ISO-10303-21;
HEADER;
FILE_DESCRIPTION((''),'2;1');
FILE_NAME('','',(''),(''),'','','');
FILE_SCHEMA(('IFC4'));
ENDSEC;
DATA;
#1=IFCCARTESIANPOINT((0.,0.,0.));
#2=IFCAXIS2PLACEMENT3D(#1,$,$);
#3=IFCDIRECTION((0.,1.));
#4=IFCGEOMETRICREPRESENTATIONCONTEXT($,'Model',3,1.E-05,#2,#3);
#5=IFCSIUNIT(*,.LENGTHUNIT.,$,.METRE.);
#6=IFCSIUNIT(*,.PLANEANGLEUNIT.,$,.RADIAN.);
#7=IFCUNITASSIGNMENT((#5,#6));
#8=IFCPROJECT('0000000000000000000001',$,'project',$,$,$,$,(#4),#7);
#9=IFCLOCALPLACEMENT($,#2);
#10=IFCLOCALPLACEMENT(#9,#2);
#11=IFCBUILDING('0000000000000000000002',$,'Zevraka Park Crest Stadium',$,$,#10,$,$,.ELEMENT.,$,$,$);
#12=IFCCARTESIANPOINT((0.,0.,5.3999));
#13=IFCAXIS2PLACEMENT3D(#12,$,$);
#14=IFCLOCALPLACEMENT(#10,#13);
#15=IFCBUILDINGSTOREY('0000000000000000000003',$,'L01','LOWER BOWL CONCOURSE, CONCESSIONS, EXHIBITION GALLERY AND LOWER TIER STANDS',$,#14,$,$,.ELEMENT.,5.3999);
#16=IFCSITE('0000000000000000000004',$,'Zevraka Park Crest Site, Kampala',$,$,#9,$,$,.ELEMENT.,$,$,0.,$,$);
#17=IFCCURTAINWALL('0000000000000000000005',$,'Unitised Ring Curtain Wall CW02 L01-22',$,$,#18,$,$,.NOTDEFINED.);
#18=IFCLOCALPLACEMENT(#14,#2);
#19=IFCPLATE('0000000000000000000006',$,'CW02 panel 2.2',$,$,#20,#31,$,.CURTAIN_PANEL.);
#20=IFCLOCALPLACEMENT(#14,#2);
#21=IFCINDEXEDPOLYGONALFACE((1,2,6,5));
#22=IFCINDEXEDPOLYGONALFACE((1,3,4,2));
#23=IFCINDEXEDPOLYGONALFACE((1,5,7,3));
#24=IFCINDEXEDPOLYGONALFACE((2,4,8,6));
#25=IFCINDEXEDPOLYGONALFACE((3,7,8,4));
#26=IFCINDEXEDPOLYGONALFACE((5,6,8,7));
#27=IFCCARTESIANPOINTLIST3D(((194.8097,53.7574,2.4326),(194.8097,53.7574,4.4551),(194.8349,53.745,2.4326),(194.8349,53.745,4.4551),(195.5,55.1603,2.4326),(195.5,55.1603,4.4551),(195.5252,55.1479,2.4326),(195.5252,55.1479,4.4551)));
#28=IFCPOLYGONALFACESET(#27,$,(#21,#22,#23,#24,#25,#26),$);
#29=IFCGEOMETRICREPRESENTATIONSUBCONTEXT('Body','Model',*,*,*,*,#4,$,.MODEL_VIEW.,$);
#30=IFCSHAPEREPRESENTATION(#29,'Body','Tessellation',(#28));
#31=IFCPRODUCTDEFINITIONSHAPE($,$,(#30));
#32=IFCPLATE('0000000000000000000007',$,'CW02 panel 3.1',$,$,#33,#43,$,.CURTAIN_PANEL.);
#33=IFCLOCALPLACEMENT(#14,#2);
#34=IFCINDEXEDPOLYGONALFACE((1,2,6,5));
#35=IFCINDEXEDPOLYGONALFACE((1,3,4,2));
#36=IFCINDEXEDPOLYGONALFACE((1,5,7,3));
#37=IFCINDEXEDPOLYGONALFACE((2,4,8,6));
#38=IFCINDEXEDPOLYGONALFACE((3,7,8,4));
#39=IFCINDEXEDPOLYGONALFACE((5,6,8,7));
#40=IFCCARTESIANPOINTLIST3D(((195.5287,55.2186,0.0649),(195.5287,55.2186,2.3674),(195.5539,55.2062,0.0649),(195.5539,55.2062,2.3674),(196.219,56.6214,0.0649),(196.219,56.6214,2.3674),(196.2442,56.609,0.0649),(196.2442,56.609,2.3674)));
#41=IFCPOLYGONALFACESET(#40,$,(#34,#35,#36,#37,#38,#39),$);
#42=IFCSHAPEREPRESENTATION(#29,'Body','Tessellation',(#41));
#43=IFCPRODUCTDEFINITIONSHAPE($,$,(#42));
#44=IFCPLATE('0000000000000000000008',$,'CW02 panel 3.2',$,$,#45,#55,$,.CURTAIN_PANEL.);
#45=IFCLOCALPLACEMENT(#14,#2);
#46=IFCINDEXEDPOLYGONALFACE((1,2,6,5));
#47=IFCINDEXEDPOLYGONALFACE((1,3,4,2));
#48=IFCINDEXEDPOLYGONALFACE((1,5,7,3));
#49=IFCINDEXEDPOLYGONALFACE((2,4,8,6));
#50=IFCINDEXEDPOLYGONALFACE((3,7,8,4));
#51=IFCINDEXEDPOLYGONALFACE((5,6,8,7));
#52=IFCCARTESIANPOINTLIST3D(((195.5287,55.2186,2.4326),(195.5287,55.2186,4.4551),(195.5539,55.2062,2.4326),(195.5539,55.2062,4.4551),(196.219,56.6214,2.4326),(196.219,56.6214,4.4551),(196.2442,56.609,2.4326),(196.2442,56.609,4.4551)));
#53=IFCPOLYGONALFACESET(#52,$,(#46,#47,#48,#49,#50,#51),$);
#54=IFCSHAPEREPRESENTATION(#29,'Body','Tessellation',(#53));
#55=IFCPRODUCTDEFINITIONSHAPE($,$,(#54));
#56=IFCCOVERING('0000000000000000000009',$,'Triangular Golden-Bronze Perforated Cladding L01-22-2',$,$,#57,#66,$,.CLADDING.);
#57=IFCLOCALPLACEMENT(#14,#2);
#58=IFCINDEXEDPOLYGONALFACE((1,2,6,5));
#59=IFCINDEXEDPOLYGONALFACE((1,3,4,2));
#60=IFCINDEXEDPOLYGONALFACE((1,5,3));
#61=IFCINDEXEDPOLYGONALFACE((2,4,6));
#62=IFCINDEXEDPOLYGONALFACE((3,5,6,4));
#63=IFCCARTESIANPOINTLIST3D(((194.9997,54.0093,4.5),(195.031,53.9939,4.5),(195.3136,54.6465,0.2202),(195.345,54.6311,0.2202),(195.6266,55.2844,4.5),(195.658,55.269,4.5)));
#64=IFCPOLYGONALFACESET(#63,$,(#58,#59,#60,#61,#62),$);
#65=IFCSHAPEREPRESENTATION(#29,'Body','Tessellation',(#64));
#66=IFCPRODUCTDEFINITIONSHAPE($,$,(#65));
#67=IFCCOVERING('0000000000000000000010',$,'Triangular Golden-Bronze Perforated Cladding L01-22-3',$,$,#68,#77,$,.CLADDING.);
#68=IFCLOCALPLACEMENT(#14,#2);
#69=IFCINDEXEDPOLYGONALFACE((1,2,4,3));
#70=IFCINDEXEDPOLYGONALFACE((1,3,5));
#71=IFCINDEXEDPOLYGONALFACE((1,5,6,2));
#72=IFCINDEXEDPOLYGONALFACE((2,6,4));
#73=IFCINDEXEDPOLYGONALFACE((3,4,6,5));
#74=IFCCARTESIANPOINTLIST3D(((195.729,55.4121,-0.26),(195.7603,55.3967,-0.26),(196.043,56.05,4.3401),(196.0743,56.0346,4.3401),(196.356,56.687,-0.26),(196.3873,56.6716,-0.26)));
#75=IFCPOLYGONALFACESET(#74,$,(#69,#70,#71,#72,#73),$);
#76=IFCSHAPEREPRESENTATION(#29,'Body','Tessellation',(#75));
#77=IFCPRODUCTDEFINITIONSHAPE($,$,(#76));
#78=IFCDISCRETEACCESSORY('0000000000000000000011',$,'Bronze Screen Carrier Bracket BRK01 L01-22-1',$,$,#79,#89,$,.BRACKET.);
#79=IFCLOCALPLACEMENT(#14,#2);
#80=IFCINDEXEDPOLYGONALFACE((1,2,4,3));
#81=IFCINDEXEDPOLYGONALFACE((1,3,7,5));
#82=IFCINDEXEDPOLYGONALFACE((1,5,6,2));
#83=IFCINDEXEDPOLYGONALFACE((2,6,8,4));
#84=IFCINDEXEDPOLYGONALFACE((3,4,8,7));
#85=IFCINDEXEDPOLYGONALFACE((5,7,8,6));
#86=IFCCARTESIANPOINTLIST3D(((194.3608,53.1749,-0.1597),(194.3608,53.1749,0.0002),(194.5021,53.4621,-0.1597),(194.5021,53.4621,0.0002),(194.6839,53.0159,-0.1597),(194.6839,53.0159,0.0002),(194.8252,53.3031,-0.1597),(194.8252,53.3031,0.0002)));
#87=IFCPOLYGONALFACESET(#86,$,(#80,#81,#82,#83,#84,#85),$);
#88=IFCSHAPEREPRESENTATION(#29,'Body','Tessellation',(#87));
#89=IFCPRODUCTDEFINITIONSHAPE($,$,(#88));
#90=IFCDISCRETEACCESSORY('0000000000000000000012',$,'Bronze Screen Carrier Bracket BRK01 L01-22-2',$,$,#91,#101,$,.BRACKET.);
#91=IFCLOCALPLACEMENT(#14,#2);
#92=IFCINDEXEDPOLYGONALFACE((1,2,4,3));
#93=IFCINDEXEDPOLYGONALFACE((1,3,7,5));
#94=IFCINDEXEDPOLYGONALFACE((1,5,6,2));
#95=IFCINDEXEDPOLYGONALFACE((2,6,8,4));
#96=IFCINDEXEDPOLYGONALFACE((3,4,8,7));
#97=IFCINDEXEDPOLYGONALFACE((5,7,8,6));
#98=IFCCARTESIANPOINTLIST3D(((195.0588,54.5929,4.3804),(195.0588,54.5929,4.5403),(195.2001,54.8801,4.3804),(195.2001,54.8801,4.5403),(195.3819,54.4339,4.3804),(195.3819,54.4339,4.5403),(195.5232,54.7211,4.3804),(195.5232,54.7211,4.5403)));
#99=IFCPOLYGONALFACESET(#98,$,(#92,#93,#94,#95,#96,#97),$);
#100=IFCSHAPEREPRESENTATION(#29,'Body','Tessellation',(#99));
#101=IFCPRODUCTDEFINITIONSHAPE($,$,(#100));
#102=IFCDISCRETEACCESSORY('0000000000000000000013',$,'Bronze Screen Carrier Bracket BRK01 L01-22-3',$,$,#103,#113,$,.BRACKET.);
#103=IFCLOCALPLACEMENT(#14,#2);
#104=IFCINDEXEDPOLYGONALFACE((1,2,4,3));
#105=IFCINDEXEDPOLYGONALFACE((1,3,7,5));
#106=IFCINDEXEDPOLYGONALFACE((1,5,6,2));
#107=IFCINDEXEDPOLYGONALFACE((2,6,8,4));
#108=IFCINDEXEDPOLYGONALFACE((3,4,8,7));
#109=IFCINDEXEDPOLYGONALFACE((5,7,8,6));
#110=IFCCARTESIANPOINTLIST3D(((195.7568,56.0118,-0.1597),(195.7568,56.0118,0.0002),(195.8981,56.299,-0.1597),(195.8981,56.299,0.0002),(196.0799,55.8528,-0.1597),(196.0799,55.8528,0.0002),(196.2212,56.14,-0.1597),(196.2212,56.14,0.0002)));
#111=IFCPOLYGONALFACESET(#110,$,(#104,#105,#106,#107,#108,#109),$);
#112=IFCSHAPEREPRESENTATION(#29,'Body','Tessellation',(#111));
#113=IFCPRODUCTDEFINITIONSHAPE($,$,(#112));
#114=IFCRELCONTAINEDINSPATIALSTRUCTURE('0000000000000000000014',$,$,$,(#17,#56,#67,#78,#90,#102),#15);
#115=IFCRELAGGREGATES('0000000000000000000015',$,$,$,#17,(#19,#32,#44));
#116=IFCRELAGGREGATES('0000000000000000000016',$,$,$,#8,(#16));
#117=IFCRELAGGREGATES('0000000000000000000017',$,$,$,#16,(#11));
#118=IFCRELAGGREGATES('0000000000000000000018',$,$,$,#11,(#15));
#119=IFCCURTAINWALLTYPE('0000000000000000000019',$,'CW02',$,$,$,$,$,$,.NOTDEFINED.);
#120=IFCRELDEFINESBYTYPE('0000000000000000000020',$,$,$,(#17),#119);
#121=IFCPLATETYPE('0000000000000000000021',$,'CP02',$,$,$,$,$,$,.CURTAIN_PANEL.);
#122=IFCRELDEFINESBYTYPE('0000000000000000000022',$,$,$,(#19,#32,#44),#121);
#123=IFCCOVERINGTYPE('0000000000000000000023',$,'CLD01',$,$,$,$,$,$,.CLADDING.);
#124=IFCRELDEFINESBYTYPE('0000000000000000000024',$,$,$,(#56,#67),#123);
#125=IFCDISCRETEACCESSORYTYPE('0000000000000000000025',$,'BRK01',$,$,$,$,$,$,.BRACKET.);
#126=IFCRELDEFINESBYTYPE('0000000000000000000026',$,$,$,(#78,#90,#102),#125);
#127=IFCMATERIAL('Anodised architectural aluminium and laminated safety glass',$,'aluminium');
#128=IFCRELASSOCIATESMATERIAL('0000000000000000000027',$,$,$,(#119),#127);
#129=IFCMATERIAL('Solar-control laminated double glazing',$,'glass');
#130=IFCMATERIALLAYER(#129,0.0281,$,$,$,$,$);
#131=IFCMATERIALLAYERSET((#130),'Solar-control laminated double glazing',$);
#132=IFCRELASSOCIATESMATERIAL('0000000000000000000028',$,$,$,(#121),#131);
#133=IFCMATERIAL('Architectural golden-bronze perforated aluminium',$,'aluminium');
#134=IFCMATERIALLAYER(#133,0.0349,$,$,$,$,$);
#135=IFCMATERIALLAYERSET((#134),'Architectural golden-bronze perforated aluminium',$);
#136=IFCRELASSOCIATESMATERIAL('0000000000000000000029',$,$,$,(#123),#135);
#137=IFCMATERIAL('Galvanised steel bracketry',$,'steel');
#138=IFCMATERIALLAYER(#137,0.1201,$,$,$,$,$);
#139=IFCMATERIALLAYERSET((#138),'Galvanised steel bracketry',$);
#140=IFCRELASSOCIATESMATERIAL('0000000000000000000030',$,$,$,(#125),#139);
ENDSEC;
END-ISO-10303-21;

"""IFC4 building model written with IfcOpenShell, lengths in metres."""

from ifc_helpers import new_model, si_unit, direction, frame, origin, origin_2d, place, context, subcontext, project, spatial, polyline, rectangle, outline, extrude, material, layer, layer_set, type_object, element, aggregate, save


model = new_model("IFC4")

# Units and contexts
model_context = context("Model", 3, precision=1e-05, world=origin(), true_north=direction((0.0, 1.0)))
body_context = subcontext(model_context, "Body", "Model", "MODEL_VIEW")
ifc_project = project(units=[si_unit("LENGTHUNIT", "METRE"), si_unit("PLANEANGLEUNIT", "RADIAN")], contexts=[model_context])

# Site, building, storey
site_placement = place(None, origin())
site = spatial("IfcSite", under=ifc_project, at=site_placement, Name="Zevraka Park Crest Site, Kampala", CompositionType="ELEMENT", RefElevation=0.0)
building_placement = place(site_placement, origin())
building = spatial("IfcBuilding", under=site, at=building_placement, Name="Zevraka Park Crest Stadium", CompositionType="ELEMENT")
storey_placement = place(building_placement, frame((0.0, 0.0, 5.3999)))
storey = spatial("IfcBuildingStorey", under=building, at=storey_placement, Name="L01", Description="LOWER BOWL CONCOURSE, CONCESSIONS, EXHIBITION GALLERY AND LOWER TIER STANDS", CompositionType="ELEMENT", Elevation=5.3999)

# Curtain wall, plates
ifc_material_1 = material(Name="Anodised architectural aluminium and laminated safety glass", Category="aluminium")
curtain_wall_type = type_object("IfcCurtainWallType", Name="CW02", PredefinedType="NOTDEFINED", material=ifc_material_1)
curtain_wall_placement = place(storey_placement, origin())
curtain_wall = element("IfcCurtainWall", 1, at=curtain_wall_placement, inside=storey, type_object=curtain_wall_type, Name="Unitised Ring Curtain Wall CW02 L01-22", PredefinedType="NOTDEFINED")
ifc_material_2 = material(Name="Solar-control laminated double glazing", Category="glass")
ifc_layer_1 = layer(ifc_material_2, 0.0281)
ifc_layer_set_1 = layer_set([ifc_layer_1], Name="Solar-control laminated double glazing")
plate_type = type_object("IfcPlateType", Name="CP02", PredefinedType="CURTAIN_PANEL", material=ifc_layer_set_1)
plate_1_placement = place(storey_placement, frame((195.1675, 54.4526, 2.4326), z_axis=(0.0, 0.0, 1.0), x_axis=(0.441517, 0.897253, 0.0)))
plate_1 = element("IfcPlate", 2, at=plate_1_placement, type_object=plate_type, Name="CW02 panel 2.2", PredefinedType="CURTAIN_PANEL", context=body_context, shape_type="SweptSolid", body=[
    extrude(rectangle(XDim=1.5635, YDim=0.0281, at=origin_2d()), origin(), (0.0, 0.0, 1.0), 2.0225),
])
plate_2_placement = place(storey_placement, frame((195.8865, 55.9138, 0.0649), z_axis=(0.0, 0.0, 1.0), x_axis=(0.441517, 0.897253, 0.0)))
plate_2 = element("IfcPlate", 3, at=plate_2_placement, type_object=plate_type, Name="CW02 panel 3.1", PredefinedType="CURTAIN_PANEL", context=body_context, shape_type="SweptSolid", body=[
    extrude(rectangle(XDim=1.5635, YDim=0.0281, at=origin_2d()), origin(), (0.0, 0.0, 1.0), 2.3025),
])
plate_3_placement = place(storey_placement, frame((195.8865, 55.9138, 2.4326), z_axis=(0.0, 0.0, 1.0), x_axis=(0.441517, 0.897253, 0.0)))
plate_3 = element("IfcPlate", 4, at=plate_3_placement, type_object=plate_type, Name="CW02 panel 3.2", PredefinedType="CURTAIN_PANEL", context=body_context, shape_type="SweptSolid", body=[
    extrude(rectangle(XDim=1.5635, YDim=0.0281, at=origin_2d()), origin(), (0.0, 0.0, 1.0), 2.0225),
])
aggregate(curtain_wall, [plate_1, plate_2, plate_3])

# Coverings
ifc_material_3 = material(Name="Architectural golden-bronze perforated aluminium", Category="aluminium")
ifc_layer_2 = layer(ifc_material_3, 0.0349)
ifc_layer_set_2 = layer_set([ifc_layer_2], Name="Architectural golden-bronze perforated aluminium")
covering_type = type_object("IfcCoveringType", Name="CLD01", PredefinedType="CLADDING", material=ifc_layer_set_2)
covering_1_placement = place(storey_placement, frame((195.658, 55.269, 4.5), z_axis=(0.897397, -0.441224, 0.00014), x_axis=(-0.441224, -0.897397, 0.0)))
element("IfcCovering", 5, at=covering_1_placement, inside=storey, type_object=covering_type, Name="Triangular Golden-Bronze Perforated Cladding L01-22-2", PredefinedType="CLADDING", context=body_context, shape_type="SweptSolid", body=[
    extrude(outline(polyline([(0.0, 0.0), (1.4209, 0.0), (0.7106, 4.2798), (0.0, 0.0)])), origin(), (0.0, 0.0, -1.0), 0.0349),
])
covering_2_placement = place(storey_placement, frame((195.729, 55.4121, -0.26), z_axis=(-0.897363, 0.441292, 0.000048), x_axis=(0.441292, 0.897363, 0.0)))
element("IfcCovering", 6, at=covering_2_placement, inside=storey, type_object=covering_type, Name="Triangular Golden-Bronze Perforated Cladding L01-22-3", PredefinedType="CLADDING", context=body_context, shape_type="SweptSolid", body=[
    extrude(outline(polyline([(0.0, 0.0), (1.4207, 0.0), (0.711, -4.6001), (0.0, 0.0)])), origin(), (0.0, 0.0, -1.0), 0.0349),
])

# Discrete accessories
ifc_material_4 = material(Name="Galvanised steel bracketry", Category="steel")
ifc_layer_3 = layer(ifc_material_4, 0.1201)
ifc_layer_set_3 = layer_set([ifc_layer_3], Name="Galvanised steel bracketry")
discrete_accessory_type = type_object("IfcDiscreteAccessoryType", Name="BRK01", PredefinedType="BRACKET", material=ifc_layer_set_3)
for number, where, z_axis, x_axis, name in (
    (7, (194.593, 53.239, -0.1597), (0.0, 0.0, 1.0), (0.441506, 0.897258, 0.0), "Bronze Screen Carrier Bracket BRK01 L01-22-1"),
    (8, (195.291, 54.657, 4.3804), (0.0, 0.0, 1.0), (0.441506, 0.897258, 0.0), "Bronze Screen Carrier Bracket BRK01 L01-22-2"),
    (9, (195.989, 56.0759, -0.1597), (0.0, 0.0, 1.0), (0.441506, 0.897258, 0.0), "Bronze Screen Carrier Bracket BRK01 L01-22-3"),
):
    element("IfcDiscreteAccessory", number, at=place(storey_placement, frame(where, z_axis=z_axis, x_axis=x_axis)), inside=storey, type_object=discrete_accessory_type, Name=name, PredefinedType="BRACKET", context=body_context, shape_type="SweptSolid", body=[
        extrude(rectangle(XDim=0.3201, YDim=0.3601, at=origin_2d()), origin(), (0.0, 0.0, 1.0), 0.1599),
    ])

save(model, "model.ifc")
